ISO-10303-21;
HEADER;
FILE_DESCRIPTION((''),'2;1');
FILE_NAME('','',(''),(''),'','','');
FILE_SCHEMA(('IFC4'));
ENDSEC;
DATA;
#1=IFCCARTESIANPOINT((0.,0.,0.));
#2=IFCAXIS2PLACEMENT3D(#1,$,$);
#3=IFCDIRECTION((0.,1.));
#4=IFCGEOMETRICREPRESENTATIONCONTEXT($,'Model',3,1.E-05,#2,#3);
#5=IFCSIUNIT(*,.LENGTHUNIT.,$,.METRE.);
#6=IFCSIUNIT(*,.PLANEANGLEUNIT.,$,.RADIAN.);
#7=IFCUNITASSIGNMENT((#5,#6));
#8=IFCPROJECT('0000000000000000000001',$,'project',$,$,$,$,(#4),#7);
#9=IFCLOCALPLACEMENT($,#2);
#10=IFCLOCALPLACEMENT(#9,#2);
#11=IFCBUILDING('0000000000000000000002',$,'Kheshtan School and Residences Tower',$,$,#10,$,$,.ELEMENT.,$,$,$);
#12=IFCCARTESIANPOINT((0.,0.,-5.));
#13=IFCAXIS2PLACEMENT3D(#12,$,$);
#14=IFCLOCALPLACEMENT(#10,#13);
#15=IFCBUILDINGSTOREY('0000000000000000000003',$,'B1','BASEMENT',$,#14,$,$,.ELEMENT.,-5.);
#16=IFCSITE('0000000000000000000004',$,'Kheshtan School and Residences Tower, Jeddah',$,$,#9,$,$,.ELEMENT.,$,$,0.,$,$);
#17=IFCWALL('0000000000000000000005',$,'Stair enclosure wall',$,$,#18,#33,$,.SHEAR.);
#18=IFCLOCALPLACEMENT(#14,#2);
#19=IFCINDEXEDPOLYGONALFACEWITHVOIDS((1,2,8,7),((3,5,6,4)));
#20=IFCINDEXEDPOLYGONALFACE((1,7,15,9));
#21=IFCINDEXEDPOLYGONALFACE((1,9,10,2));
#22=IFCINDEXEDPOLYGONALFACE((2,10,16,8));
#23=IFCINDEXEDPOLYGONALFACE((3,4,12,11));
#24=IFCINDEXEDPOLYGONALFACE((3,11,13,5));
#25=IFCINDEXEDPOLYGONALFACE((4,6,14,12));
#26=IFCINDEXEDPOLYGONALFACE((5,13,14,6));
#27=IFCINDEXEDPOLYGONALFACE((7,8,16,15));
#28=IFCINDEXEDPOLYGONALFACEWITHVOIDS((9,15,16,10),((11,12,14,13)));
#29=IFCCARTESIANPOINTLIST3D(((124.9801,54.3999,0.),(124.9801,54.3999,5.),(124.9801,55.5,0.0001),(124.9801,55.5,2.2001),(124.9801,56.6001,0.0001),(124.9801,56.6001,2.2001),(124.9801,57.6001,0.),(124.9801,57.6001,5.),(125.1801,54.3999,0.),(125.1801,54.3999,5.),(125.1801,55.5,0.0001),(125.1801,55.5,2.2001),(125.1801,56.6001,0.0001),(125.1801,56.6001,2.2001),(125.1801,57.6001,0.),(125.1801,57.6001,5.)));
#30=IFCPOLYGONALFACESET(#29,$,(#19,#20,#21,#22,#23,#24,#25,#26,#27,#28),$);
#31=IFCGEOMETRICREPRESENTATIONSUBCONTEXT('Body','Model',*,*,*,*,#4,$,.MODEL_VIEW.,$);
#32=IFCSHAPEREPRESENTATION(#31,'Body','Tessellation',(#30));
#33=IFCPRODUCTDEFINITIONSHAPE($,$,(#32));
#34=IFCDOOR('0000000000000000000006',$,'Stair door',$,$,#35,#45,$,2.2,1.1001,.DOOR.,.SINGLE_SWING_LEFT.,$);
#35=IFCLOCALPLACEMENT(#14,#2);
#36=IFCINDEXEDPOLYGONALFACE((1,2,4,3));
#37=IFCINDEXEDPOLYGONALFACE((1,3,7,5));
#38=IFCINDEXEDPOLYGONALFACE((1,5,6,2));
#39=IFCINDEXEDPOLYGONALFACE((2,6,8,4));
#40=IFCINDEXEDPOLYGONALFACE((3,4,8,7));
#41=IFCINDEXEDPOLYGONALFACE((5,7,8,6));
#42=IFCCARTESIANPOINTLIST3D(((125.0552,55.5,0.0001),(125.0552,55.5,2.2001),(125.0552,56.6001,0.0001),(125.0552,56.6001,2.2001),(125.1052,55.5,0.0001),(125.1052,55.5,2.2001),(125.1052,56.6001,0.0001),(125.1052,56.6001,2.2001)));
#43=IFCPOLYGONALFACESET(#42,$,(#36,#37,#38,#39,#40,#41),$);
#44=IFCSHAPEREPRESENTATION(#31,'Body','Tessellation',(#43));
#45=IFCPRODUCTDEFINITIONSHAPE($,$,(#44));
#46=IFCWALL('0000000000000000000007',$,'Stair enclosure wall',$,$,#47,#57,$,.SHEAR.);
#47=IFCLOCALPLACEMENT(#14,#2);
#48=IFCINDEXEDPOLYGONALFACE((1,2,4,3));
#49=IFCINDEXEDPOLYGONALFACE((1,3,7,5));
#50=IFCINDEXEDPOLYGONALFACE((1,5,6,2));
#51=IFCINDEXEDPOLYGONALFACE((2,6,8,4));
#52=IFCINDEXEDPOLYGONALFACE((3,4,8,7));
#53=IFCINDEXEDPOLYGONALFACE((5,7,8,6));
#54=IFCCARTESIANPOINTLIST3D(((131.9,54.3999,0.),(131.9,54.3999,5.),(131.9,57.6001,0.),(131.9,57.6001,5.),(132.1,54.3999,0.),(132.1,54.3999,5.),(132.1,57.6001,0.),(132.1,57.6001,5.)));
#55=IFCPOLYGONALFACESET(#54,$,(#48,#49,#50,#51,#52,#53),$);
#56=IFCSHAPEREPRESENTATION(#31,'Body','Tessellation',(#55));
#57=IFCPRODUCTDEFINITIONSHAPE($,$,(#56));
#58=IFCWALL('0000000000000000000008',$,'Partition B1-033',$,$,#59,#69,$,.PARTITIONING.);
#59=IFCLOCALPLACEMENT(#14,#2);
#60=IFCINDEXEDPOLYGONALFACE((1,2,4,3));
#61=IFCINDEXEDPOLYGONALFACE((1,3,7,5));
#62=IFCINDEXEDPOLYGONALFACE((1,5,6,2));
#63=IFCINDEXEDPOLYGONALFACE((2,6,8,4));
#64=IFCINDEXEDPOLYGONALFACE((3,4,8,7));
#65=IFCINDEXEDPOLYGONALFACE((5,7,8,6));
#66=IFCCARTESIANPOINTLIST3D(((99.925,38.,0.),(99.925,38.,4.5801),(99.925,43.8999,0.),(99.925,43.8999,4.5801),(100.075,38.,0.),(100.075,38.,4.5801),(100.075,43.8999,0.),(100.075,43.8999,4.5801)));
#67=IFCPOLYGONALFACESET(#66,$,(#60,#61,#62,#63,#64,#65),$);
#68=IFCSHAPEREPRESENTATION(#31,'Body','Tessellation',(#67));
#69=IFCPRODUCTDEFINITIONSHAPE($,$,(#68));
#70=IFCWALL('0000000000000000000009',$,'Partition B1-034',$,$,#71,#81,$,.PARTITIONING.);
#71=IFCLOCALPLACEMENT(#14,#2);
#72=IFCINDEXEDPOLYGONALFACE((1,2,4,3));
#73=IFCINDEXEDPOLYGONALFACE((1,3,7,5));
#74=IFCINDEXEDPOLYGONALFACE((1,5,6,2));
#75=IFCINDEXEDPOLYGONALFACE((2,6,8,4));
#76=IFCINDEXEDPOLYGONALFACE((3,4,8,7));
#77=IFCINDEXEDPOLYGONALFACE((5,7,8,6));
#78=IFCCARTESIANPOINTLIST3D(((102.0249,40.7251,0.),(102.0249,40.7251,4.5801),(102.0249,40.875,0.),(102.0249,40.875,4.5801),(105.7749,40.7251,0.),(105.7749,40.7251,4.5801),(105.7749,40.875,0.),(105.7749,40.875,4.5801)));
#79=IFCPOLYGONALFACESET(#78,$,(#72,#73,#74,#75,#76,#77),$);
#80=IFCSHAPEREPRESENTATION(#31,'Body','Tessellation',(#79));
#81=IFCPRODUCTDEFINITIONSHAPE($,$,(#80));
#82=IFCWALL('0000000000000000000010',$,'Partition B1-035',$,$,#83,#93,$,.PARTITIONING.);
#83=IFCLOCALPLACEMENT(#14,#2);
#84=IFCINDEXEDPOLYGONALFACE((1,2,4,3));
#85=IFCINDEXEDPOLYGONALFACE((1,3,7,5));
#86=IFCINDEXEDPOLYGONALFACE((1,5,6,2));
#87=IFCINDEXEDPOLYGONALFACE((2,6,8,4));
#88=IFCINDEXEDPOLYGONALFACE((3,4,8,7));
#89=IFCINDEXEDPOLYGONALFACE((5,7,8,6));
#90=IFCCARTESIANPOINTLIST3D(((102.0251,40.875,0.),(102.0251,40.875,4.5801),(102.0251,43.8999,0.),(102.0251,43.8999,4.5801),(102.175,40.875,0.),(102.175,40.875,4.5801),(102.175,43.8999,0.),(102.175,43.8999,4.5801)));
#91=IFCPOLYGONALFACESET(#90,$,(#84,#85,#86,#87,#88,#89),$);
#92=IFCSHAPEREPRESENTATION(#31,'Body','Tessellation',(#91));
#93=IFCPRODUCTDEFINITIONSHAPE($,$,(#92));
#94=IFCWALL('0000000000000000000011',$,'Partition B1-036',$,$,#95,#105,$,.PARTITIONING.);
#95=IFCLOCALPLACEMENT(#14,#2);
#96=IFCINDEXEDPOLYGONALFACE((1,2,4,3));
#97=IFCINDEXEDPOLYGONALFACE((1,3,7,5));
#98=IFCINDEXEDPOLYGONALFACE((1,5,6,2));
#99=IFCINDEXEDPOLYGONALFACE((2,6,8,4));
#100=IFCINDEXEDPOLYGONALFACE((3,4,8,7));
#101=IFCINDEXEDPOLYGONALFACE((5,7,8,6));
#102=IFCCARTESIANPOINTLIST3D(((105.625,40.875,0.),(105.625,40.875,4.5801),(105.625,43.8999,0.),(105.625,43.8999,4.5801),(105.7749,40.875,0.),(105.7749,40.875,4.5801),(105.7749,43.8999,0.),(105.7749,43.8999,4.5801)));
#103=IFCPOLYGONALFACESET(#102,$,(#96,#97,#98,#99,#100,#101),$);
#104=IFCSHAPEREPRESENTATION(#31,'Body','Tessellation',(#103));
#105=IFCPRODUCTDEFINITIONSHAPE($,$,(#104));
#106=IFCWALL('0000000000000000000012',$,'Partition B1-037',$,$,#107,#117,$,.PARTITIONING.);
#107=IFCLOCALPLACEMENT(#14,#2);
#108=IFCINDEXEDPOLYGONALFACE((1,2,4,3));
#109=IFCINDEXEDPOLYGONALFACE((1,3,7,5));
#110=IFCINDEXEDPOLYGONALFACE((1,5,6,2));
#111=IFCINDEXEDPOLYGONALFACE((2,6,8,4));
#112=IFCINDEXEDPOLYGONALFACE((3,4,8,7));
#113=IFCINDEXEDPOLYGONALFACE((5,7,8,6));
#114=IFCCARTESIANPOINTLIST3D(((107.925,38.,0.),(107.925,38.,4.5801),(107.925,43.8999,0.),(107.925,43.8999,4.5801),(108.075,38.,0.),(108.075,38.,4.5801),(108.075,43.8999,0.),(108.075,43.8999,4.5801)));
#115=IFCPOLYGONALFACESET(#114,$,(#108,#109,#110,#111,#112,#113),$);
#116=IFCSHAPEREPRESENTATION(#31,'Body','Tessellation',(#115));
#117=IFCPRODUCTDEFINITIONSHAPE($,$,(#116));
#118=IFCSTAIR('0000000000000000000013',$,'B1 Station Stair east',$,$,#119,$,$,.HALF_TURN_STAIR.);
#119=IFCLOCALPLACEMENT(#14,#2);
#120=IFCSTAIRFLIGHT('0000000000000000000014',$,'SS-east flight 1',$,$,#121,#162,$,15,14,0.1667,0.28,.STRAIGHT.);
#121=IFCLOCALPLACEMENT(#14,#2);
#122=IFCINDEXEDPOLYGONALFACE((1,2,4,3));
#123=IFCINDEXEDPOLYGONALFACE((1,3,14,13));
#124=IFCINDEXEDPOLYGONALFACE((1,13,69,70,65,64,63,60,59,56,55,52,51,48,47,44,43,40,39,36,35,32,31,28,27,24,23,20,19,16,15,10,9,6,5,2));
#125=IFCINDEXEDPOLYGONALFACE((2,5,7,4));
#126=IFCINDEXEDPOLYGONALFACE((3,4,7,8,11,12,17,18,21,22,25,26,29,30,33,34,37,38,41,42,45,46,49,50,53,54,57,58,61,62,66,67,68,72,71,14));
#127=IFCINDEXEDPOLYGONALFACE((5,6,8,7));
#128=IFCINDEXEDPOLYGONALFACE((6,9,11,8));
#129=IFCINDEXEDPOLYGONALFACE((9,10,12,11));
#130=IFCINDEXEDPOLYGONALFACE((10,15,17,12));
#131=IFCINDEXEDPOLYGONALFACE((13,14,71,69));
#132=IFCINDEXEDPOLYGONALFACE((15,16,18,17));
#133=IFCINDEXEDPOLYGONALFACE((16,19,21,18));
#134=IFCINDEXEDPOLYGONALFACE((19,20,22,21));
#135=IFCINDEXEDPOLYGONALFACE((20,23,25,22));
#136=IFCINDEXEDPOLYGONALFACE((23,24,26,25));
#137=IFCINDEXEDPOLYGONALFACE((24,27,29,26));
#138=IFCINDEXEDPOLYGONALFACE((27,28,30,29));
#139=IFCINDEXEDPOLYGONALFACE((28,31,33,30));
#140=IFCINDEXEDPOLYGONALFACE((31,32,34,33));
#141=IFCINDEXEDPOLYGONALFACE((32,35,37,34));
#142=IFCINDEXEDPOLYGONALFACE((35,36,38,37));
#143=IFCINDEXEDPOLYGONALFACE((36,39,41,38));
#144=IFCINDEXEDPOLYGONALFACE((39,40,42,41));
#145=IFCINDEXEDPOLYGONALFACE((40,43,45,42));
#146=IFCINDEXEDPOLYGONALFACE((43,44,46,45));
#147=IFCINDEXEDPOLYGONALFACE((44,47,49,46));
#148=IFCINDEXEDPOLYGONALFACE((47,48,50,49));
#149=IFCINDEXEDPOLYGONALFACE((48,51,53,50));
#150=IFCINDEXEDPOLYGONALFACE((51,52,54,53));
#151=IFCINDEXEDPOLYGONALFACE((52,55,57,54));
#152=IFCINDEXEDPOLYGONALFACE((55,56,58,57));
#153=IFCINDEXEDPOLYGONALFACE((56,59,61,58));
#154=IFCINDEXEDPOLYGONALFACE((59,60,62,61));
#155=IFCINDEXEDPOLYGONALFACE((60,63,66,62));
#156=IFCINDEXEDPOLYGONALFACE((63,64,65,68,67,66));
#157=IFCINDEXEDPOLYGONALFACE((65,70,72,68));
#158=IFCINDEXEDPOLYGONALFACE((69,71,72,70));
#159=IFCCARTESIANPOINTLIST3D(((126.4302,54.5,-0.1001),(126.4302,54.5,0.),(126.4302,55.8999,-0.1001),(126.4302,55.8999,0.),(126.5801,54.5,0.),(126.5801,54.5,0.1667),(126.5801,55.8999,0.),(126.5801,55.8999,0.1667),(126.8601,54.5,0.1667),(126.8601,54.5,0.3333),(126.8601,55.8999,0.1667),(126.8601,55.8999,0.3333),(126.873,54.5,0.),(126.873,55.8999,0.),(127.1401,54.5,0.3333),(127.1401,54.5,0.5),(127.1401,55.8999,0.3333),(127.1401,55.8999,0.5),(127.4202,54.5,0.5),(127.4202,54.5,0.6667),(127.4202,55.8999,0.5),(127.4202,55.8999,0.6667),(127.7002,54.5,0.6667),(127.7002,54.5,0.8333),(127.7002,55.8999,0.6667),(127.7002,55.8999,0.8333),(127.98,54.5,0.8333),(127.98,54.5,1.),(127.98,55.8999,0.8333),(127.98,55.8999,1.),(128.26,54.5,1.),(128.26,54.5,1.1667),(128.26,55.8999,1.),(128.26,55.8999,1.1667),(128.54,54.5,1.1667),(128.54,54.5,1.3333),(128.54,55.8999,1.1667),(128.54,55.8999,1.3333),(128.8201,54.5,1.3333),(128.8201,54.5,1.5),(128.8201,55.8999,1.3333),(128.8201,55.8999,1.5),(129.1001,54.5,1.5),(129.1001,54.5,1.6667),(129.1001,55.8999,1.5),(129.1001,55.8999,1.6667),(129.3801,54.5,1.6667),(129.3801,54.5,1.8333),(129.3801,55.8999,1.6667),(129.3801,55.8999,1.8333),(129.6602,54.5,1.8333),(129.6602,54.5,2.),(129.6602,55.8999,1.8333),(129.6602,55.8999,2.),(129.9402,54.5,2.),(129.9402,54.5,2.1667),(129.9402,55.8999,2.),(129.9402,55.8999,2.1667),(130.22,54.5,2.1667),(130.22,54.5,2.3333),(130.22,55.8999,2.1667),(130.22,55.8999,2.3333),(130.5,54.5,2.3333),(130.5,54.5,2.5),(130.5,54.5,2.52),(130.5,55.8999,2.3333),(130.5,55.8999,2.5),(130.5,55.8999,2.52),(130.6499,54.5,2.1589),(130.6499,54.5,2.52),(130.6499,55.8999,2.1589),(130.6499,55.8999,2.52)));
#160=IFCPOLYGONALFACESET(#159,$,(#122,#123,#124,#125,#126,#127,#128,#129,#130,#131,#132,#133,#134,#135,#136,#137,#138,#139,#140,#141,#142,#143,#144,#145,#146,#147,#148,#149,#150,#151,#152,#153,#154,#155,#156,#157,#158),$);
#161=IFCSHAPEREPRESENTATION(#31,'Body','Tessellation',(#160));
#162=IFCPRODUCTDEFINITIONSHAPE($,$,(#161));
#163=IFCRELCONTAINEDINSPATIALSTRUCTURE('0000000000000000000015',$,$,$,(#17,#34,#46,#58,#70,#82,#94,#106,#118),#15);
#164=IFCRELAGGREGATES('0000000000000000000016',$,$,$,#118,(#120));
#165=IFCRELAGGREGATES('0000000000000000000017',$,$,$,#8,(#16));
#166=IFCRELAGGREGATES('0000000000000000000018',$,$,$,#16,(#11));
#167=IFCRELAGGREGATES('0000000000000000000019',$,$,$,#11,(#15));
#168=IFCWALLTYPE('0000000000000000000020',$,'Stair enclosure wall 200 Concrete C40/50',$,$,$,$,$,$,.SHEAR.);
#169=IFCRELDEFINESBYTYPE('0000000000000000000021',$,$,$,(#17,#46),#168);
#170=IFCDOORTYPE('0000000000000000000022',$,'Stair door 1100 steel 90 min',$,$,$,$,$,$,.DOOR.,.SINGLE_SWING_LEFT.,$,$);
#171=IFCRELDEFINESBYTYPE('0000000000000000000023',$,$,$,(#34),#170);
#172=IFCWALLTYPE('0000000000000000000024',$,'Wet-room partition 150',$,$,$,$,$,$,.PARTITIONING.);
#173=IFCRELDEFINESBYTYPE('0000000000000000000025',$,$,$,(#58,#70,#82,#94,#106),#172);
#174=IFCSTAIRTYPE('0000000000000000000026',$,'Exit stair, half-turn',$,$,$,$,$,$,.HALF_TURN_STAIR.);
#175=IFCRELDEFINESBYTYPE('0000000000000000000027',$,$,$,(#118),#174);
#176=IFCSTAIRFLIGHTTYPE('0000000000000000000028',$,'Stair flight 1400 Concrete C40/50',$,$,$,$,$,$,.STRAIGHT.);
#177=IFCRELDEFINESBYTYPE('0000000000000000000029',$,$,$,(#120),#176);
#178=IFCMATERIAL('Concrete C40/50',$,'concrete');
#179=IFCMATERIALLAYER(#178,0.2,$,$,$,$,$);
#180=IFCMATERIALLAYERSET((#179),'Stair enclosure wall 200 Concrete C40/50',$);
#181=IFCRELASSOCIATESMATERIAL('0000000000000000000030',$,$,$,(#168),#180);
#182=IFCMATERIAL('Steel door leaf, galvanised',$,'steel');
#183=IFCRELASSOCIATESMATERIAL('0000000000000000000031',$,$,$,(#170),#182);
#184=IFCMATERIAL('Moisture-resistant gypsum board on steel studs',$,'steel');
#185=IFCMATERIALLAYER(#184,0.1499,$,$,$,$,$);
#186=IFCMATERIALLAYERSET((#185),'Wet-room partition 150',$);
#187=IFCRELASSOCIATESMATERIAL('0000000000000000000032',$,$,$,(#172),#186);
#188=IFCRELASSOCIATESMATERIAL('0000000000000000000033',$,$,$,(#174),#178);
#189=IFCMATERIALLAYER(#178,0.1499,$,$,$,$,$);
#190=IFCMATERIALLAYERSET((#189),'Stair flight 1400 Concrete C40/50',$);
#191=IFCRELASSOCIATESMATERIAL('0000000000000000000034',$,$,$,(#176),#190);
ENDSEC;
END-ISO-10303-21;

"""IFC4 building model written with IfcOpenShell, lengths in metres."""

from ifc_helpers import new_model, si_unit, direction, frame, frame_2d, origin, place, context, subcontext, project, spatial, polyline, rectangle, outline, extrude, source, transform, mapped, material, layer, layer_set, type_object, element, fill, aggregate, save


model = new_model("IFC4")

# Units and contexts
model_context = context("Model", 3, precision=1e-05, world=origin(), true_north=direction((0.0, 1.0)))
body_context = subcontext(model_context, "Body", "Model", "MODEL_VIEW")
ifc_project = project(units=[si_unit("LENGTHUNIT", "METRE"), si_unit("PLANEANGLEUNIT", "RADIAN")], contexts=[model_context])

# Site, building, storey
site_placement = place(None, origin())
site = spatial("IfcSite", under=ifc_project, at=site_placement, Name="Kheshtan School and Residences Tower, Jeddah", CompositionType="ELEMENT", RefElevation=0.0)
building_placement = place(site_placement, origin())
building = spatial("IfcBuilding", under=site, at=building_placement, Name="Kheshtan School and Residences Tower", CompositionType="ELEMENT")
storey_placement = place(building_placement, frame((0.0, 0.0, -5.0)))
storey = spatial("IfcBuildingStorey", under=building, at=storey_placement, Name="B1", Description="BASEMENT", CompositionType="ELEMENT", Elevation=-5.0)

# Shared definitions
ifc_material_1 = material(Name="Concrete C40/50", Category="concrete")
ifc_layer_1 = layer(ifc_material_1, 0.2)
ifc_layer_set_1 = layer_set([ifc_layer_1], Name="Stair enclosure wall 200 Concrete C40/50")
wall_type_1 = type_object("IfcWallType", Name="Stair enclosure wall 200 Concrete C40/50", PredefinedType="SHEAR", material=ifc_layer_set_1)

# Wall, opening, door
wall_1_placement = place(storey_placement, frame((125.0801, 54.3999, 0.0), z_axis=(0.0, 0.0, 1.0), x_axis=(0.0, 1.0, 0.0)))
wall_1 = element("IfcWall", 1, at=wall_1_placement, inside=storey, type_object=wall_type_1, Name="Stair enclosure wall", PredefinedType="SHEAR", context=body_context, shape_type="SweptSolid", body=[
    extrude(rectangle(XDim=3.2002, YDim=0.2, at=frame_2d((1.6001, 0.0))), origin(), (0.0, 0.0, 1.0), 5.0),
])
opening_1_placement = place(wall_1_placement, frame((1.1001, 0.0, 0.0)))
opening_1 = element("IfcOpeningElement", 2, at=opening_1_placement, cuts=wall_1, PredefinedType="OPENING", context=body_context, shape_type="SweptSolid", body=[
    extrude(rectangle(XDim=1.1001, YDim=2.2, at=frame_2d((0.55, 1.1001))), frame((0.0, 0.1099, 0.0), z_axis=(0.0, -1.0, 0.0), x_axis=(1.0, 0.0, 0.0)), (0.0, 0.0, 1.0), 0.22),
])
ifc_material_2 = material(Name="Steel door leaf, galvanised", Category="steel")
door_type_1 = type_object("IfcDoorType", Name="Stair door 1100 steel 90 min", OperationType="SINGLE_SWING_LEFT", PredefinedType="DOOR", material=ifc_material_2)
shared_shape_1 = source(origin(), body_context, "Body", "SweptSolid", [
    extrude(rectangle(XDim=1.1001, YDim=2.2, at=frame_2d((0.55, 1.1001))), frame((0.0, 0.0249, 0.0), z_axis=(0.0, -1.0, 0.0), x_axis=(1.0, 0.0, 0.0)), (0.0, 0.0, 1.0), 0.05),
])
door_1_placement = place(opening_1_placement, origin())
door_1 = element("IfcDoor", 3, at=door_1_placement, inside=storey, type_object=door_type_1, Name="Stair door", OperationType="SINGLE_SWING_LEFT", OverallHeight=2.2, OverallWidth=1.1001, PredefinedType="DOOR", context=body_context, shape_type="MappedRepresentation", body=[
    mapped(shared_shape_1, transform((0.0, 0.0, 0.0), x_axis=(1.0, 0.0, 0.0), y_axis=(0.0, 1.0, 0.0), z_axis=(0.0, 0.0, 1.0), scale=1.0)),
])
fill(opening_1, door_1)

# Walls
wall_2_placement = place(storey_placement, frame((132.0, 54.3999, 0.0), z_axis=(0.0, 0.0, 1.0), x_axis=(0.0, 1.0, 0.0)))
element("IfcWall", 4, at=wall_2_placement, inside=storey, type_object=wall_type_1, Name="Stair enclosure wall", PredefinedType="SHEAR", context=body_context, shape_type="SweptSolid", body=[
    extrude(rectangle(XDim=3.2002, YDim=0.2, at=frame_2d((1.6001, 0.0))), origin(), (0.0, 0.0, 1.0), 5.0),
])
ifc_material_3 = material(Name="Moisture-resistant gypsum board on steel studs", Category="steel")
ifc_layer_2 = layer(ifc_material_3, 0.1499)
ifc_layer_set_2 = layer_set([ifc_layer_2], Name="Wet-room partition 150")
wall_type_2 = type_object("IfcWallType", Name="Wet-room partition 150", PredefinedType="PARTITIONING", material=ifc_layer_set_2)
wall_3_placement = place(storey_placement, frame((100.0, 38.0, 0.0), z_axis=(0.0, 0.0, 1.0), x_axis=(0.0, 1.0, 0.0)))
element("IfcWall", 5, at=wall_3_placement, inside=storey, type_object=wall_type_2, Name="Partition B1-033", PredefinedType="PARTITIONING", context=body_context, shape_type="SweptSolid", body=[
    extrude(rectangle(XDim=5.8999, YDim=0.1499, at=frame_2d((2.95, 0.0))), origin(), (0.0, 0.0, 1.0), 4.5801),
])
wall_4_placement = place(storey_placement, frame((102.0249, 40.8, 0.0), z_axis=(0.0, 0.0, 1.0), x_axis=(1.0, 0.0, 0.0)))
element("IfcWall", 6, at=wall_4_placement, inside=storey, type_object=wall_type_2, Name="Partition B1-034", PredefinedType="PARTITIONING", context=body_context, shape_type="SweptSolid", body=[
    extrude(rectangle(XDim=3.75, YDim=0.1499, at=frame_2d((1.875, 0.0))), origin(), (0.0, 0.0, 1.0), 4.5801),
])
for number, where, z_axis, x_axis, name in (
    (7, (102.1001, 40.875, 0.0), (0.0, 0.0, 1.0), (0.0, 1.0, 0.0), "Partition B1-035"),
    (8, (105.7, 40.875, 0.0), (0.0, 0.0, 1.0), (0.0, 1.0, 0.0), "Partition B1-036"),
):
    element("IfcWall", number, at=place(storey_placement, frame(where, z_axis=z_axis, x_axis=x_axis)), inside=storey, type_object=wall_type_2, Name=name, PredefinedType="PARTITIONING", context=body_context, shape_type="SweptSolid", body=[
        extrude(rectangle(XDim=3.0249, YDim=0.1499, at=frame_2d((1.5125, 0.0))), origin(), (0.0, 0.0, 1.0), 4.5801),
    ])
wall_5_placement = place(storey_placement, frame((108.0, 38.0, 0.0), z_axis=(0.0, 0.0, 1.0), x_axis=(0.0, 1.0, 0.0)))
element("IfcWall", 9, at=wall_5_placement, inside=storey, type_object=wall_type_2, Name="Partition B1-037", PredefinedType="PARTITIONING", context=body_context, shape_type="SweptSolid", body=[
    extrude(rectangle(XDim=5.8999, YDim=0.1499, at=frame_2d((2.95, 0.0))), origin(), (0.0, 0.0, 1.0), 4.5801),
])

# Stair, stair flight
stair_type = type_object("IfcStairType", Name="Exit stair, half-turn", PredefinedType="HALF_TURN_STAIR", material=ifc_material_1)
stair_placement = place(storey_placement, origin())
stair = element("IfcStair", 10, at=stair_placement, inside=storey, type_object=stair_type, Name="B1 Station Stair east", PredefinedType="HALF_TURN_STAIR")
ifc_layer_3 = layer(ifc_material_1, 0.1499)
ifc_layer_set_3 = layer_set([ifc_layer_3], Name="Stair flight 1400 Concrete C40/50")
stair_flight_type = type_object("IfcStairFlightType", Name="Stair flight 1400 Concrete C40/50", PredefinedType="STRAIGHT", material=ifc_layer_set_3)
stair_flight_placement = place(storey_placement, frame((126.5801, 55.2, 0.0), z_axis=(0.0, 0.0, 1.0), x_axis=(1.0, 0.0, 0.0)))
stair_flight = element("IfcStairFlight", 11, at=stair_flight_placement, type_object=stair_flight_type, Name="SS-east flight 1", NumberOfRisers=15, NumberOfTreads=14, PredefinedType="STRAIGHT", RiserHeight=0.1667, TreadLength=0.28, context=body_context, shape_type="SweptSolid", body=[
    extrude(outline(polyline([(-0.1499, -0.1001), (-0.1499, 0.0), (0.0, 0.0), (0.0, 0.1667), (0.28, 0.1667), (0.28, 0.3333), (0.5601, 0.3333), (0.5601, 0.5), (0.8401, 0.5), (0.8401, 0.6667), (1.1201, 0.6667), (1.1201, 0.8333), (1.3999, 0.8333), (1.3999, 1.0), (1.6799, 1.0), (1.6799, 1.1667), (1.96, 1.1667), (1.96, 1.3333), (2.24, 1.3333), (2.24, 1.5), (2.52, 1.5), (2.52, 1.6667), (2.8, 1.6667), (2.8, 1.8333), (3.0801, 1.8333), (3.0801, 2.0), (3.3601, 2.0), (3.3601, 2.1667), (3.6399, 2.1667), (3.6399, 2.3333), (3.9199, 2.3333), (3.9199, 2.5), (3.9199, 2.52), (4.0698, 2.52), (4.0698, 2.1589), (0.293, 0.0), (-0.1499, -0.1001)])), frame((0.0, 0.7, 0.0), z_axis=(0.0, -1.0, 0.0), x_axis=(1.0, 0.0, 0.0)), (0.0, 0.0, 1.0), 1.3999),
])
aggregate(stair, [stair_flight])

save(model, "model.ifc")
